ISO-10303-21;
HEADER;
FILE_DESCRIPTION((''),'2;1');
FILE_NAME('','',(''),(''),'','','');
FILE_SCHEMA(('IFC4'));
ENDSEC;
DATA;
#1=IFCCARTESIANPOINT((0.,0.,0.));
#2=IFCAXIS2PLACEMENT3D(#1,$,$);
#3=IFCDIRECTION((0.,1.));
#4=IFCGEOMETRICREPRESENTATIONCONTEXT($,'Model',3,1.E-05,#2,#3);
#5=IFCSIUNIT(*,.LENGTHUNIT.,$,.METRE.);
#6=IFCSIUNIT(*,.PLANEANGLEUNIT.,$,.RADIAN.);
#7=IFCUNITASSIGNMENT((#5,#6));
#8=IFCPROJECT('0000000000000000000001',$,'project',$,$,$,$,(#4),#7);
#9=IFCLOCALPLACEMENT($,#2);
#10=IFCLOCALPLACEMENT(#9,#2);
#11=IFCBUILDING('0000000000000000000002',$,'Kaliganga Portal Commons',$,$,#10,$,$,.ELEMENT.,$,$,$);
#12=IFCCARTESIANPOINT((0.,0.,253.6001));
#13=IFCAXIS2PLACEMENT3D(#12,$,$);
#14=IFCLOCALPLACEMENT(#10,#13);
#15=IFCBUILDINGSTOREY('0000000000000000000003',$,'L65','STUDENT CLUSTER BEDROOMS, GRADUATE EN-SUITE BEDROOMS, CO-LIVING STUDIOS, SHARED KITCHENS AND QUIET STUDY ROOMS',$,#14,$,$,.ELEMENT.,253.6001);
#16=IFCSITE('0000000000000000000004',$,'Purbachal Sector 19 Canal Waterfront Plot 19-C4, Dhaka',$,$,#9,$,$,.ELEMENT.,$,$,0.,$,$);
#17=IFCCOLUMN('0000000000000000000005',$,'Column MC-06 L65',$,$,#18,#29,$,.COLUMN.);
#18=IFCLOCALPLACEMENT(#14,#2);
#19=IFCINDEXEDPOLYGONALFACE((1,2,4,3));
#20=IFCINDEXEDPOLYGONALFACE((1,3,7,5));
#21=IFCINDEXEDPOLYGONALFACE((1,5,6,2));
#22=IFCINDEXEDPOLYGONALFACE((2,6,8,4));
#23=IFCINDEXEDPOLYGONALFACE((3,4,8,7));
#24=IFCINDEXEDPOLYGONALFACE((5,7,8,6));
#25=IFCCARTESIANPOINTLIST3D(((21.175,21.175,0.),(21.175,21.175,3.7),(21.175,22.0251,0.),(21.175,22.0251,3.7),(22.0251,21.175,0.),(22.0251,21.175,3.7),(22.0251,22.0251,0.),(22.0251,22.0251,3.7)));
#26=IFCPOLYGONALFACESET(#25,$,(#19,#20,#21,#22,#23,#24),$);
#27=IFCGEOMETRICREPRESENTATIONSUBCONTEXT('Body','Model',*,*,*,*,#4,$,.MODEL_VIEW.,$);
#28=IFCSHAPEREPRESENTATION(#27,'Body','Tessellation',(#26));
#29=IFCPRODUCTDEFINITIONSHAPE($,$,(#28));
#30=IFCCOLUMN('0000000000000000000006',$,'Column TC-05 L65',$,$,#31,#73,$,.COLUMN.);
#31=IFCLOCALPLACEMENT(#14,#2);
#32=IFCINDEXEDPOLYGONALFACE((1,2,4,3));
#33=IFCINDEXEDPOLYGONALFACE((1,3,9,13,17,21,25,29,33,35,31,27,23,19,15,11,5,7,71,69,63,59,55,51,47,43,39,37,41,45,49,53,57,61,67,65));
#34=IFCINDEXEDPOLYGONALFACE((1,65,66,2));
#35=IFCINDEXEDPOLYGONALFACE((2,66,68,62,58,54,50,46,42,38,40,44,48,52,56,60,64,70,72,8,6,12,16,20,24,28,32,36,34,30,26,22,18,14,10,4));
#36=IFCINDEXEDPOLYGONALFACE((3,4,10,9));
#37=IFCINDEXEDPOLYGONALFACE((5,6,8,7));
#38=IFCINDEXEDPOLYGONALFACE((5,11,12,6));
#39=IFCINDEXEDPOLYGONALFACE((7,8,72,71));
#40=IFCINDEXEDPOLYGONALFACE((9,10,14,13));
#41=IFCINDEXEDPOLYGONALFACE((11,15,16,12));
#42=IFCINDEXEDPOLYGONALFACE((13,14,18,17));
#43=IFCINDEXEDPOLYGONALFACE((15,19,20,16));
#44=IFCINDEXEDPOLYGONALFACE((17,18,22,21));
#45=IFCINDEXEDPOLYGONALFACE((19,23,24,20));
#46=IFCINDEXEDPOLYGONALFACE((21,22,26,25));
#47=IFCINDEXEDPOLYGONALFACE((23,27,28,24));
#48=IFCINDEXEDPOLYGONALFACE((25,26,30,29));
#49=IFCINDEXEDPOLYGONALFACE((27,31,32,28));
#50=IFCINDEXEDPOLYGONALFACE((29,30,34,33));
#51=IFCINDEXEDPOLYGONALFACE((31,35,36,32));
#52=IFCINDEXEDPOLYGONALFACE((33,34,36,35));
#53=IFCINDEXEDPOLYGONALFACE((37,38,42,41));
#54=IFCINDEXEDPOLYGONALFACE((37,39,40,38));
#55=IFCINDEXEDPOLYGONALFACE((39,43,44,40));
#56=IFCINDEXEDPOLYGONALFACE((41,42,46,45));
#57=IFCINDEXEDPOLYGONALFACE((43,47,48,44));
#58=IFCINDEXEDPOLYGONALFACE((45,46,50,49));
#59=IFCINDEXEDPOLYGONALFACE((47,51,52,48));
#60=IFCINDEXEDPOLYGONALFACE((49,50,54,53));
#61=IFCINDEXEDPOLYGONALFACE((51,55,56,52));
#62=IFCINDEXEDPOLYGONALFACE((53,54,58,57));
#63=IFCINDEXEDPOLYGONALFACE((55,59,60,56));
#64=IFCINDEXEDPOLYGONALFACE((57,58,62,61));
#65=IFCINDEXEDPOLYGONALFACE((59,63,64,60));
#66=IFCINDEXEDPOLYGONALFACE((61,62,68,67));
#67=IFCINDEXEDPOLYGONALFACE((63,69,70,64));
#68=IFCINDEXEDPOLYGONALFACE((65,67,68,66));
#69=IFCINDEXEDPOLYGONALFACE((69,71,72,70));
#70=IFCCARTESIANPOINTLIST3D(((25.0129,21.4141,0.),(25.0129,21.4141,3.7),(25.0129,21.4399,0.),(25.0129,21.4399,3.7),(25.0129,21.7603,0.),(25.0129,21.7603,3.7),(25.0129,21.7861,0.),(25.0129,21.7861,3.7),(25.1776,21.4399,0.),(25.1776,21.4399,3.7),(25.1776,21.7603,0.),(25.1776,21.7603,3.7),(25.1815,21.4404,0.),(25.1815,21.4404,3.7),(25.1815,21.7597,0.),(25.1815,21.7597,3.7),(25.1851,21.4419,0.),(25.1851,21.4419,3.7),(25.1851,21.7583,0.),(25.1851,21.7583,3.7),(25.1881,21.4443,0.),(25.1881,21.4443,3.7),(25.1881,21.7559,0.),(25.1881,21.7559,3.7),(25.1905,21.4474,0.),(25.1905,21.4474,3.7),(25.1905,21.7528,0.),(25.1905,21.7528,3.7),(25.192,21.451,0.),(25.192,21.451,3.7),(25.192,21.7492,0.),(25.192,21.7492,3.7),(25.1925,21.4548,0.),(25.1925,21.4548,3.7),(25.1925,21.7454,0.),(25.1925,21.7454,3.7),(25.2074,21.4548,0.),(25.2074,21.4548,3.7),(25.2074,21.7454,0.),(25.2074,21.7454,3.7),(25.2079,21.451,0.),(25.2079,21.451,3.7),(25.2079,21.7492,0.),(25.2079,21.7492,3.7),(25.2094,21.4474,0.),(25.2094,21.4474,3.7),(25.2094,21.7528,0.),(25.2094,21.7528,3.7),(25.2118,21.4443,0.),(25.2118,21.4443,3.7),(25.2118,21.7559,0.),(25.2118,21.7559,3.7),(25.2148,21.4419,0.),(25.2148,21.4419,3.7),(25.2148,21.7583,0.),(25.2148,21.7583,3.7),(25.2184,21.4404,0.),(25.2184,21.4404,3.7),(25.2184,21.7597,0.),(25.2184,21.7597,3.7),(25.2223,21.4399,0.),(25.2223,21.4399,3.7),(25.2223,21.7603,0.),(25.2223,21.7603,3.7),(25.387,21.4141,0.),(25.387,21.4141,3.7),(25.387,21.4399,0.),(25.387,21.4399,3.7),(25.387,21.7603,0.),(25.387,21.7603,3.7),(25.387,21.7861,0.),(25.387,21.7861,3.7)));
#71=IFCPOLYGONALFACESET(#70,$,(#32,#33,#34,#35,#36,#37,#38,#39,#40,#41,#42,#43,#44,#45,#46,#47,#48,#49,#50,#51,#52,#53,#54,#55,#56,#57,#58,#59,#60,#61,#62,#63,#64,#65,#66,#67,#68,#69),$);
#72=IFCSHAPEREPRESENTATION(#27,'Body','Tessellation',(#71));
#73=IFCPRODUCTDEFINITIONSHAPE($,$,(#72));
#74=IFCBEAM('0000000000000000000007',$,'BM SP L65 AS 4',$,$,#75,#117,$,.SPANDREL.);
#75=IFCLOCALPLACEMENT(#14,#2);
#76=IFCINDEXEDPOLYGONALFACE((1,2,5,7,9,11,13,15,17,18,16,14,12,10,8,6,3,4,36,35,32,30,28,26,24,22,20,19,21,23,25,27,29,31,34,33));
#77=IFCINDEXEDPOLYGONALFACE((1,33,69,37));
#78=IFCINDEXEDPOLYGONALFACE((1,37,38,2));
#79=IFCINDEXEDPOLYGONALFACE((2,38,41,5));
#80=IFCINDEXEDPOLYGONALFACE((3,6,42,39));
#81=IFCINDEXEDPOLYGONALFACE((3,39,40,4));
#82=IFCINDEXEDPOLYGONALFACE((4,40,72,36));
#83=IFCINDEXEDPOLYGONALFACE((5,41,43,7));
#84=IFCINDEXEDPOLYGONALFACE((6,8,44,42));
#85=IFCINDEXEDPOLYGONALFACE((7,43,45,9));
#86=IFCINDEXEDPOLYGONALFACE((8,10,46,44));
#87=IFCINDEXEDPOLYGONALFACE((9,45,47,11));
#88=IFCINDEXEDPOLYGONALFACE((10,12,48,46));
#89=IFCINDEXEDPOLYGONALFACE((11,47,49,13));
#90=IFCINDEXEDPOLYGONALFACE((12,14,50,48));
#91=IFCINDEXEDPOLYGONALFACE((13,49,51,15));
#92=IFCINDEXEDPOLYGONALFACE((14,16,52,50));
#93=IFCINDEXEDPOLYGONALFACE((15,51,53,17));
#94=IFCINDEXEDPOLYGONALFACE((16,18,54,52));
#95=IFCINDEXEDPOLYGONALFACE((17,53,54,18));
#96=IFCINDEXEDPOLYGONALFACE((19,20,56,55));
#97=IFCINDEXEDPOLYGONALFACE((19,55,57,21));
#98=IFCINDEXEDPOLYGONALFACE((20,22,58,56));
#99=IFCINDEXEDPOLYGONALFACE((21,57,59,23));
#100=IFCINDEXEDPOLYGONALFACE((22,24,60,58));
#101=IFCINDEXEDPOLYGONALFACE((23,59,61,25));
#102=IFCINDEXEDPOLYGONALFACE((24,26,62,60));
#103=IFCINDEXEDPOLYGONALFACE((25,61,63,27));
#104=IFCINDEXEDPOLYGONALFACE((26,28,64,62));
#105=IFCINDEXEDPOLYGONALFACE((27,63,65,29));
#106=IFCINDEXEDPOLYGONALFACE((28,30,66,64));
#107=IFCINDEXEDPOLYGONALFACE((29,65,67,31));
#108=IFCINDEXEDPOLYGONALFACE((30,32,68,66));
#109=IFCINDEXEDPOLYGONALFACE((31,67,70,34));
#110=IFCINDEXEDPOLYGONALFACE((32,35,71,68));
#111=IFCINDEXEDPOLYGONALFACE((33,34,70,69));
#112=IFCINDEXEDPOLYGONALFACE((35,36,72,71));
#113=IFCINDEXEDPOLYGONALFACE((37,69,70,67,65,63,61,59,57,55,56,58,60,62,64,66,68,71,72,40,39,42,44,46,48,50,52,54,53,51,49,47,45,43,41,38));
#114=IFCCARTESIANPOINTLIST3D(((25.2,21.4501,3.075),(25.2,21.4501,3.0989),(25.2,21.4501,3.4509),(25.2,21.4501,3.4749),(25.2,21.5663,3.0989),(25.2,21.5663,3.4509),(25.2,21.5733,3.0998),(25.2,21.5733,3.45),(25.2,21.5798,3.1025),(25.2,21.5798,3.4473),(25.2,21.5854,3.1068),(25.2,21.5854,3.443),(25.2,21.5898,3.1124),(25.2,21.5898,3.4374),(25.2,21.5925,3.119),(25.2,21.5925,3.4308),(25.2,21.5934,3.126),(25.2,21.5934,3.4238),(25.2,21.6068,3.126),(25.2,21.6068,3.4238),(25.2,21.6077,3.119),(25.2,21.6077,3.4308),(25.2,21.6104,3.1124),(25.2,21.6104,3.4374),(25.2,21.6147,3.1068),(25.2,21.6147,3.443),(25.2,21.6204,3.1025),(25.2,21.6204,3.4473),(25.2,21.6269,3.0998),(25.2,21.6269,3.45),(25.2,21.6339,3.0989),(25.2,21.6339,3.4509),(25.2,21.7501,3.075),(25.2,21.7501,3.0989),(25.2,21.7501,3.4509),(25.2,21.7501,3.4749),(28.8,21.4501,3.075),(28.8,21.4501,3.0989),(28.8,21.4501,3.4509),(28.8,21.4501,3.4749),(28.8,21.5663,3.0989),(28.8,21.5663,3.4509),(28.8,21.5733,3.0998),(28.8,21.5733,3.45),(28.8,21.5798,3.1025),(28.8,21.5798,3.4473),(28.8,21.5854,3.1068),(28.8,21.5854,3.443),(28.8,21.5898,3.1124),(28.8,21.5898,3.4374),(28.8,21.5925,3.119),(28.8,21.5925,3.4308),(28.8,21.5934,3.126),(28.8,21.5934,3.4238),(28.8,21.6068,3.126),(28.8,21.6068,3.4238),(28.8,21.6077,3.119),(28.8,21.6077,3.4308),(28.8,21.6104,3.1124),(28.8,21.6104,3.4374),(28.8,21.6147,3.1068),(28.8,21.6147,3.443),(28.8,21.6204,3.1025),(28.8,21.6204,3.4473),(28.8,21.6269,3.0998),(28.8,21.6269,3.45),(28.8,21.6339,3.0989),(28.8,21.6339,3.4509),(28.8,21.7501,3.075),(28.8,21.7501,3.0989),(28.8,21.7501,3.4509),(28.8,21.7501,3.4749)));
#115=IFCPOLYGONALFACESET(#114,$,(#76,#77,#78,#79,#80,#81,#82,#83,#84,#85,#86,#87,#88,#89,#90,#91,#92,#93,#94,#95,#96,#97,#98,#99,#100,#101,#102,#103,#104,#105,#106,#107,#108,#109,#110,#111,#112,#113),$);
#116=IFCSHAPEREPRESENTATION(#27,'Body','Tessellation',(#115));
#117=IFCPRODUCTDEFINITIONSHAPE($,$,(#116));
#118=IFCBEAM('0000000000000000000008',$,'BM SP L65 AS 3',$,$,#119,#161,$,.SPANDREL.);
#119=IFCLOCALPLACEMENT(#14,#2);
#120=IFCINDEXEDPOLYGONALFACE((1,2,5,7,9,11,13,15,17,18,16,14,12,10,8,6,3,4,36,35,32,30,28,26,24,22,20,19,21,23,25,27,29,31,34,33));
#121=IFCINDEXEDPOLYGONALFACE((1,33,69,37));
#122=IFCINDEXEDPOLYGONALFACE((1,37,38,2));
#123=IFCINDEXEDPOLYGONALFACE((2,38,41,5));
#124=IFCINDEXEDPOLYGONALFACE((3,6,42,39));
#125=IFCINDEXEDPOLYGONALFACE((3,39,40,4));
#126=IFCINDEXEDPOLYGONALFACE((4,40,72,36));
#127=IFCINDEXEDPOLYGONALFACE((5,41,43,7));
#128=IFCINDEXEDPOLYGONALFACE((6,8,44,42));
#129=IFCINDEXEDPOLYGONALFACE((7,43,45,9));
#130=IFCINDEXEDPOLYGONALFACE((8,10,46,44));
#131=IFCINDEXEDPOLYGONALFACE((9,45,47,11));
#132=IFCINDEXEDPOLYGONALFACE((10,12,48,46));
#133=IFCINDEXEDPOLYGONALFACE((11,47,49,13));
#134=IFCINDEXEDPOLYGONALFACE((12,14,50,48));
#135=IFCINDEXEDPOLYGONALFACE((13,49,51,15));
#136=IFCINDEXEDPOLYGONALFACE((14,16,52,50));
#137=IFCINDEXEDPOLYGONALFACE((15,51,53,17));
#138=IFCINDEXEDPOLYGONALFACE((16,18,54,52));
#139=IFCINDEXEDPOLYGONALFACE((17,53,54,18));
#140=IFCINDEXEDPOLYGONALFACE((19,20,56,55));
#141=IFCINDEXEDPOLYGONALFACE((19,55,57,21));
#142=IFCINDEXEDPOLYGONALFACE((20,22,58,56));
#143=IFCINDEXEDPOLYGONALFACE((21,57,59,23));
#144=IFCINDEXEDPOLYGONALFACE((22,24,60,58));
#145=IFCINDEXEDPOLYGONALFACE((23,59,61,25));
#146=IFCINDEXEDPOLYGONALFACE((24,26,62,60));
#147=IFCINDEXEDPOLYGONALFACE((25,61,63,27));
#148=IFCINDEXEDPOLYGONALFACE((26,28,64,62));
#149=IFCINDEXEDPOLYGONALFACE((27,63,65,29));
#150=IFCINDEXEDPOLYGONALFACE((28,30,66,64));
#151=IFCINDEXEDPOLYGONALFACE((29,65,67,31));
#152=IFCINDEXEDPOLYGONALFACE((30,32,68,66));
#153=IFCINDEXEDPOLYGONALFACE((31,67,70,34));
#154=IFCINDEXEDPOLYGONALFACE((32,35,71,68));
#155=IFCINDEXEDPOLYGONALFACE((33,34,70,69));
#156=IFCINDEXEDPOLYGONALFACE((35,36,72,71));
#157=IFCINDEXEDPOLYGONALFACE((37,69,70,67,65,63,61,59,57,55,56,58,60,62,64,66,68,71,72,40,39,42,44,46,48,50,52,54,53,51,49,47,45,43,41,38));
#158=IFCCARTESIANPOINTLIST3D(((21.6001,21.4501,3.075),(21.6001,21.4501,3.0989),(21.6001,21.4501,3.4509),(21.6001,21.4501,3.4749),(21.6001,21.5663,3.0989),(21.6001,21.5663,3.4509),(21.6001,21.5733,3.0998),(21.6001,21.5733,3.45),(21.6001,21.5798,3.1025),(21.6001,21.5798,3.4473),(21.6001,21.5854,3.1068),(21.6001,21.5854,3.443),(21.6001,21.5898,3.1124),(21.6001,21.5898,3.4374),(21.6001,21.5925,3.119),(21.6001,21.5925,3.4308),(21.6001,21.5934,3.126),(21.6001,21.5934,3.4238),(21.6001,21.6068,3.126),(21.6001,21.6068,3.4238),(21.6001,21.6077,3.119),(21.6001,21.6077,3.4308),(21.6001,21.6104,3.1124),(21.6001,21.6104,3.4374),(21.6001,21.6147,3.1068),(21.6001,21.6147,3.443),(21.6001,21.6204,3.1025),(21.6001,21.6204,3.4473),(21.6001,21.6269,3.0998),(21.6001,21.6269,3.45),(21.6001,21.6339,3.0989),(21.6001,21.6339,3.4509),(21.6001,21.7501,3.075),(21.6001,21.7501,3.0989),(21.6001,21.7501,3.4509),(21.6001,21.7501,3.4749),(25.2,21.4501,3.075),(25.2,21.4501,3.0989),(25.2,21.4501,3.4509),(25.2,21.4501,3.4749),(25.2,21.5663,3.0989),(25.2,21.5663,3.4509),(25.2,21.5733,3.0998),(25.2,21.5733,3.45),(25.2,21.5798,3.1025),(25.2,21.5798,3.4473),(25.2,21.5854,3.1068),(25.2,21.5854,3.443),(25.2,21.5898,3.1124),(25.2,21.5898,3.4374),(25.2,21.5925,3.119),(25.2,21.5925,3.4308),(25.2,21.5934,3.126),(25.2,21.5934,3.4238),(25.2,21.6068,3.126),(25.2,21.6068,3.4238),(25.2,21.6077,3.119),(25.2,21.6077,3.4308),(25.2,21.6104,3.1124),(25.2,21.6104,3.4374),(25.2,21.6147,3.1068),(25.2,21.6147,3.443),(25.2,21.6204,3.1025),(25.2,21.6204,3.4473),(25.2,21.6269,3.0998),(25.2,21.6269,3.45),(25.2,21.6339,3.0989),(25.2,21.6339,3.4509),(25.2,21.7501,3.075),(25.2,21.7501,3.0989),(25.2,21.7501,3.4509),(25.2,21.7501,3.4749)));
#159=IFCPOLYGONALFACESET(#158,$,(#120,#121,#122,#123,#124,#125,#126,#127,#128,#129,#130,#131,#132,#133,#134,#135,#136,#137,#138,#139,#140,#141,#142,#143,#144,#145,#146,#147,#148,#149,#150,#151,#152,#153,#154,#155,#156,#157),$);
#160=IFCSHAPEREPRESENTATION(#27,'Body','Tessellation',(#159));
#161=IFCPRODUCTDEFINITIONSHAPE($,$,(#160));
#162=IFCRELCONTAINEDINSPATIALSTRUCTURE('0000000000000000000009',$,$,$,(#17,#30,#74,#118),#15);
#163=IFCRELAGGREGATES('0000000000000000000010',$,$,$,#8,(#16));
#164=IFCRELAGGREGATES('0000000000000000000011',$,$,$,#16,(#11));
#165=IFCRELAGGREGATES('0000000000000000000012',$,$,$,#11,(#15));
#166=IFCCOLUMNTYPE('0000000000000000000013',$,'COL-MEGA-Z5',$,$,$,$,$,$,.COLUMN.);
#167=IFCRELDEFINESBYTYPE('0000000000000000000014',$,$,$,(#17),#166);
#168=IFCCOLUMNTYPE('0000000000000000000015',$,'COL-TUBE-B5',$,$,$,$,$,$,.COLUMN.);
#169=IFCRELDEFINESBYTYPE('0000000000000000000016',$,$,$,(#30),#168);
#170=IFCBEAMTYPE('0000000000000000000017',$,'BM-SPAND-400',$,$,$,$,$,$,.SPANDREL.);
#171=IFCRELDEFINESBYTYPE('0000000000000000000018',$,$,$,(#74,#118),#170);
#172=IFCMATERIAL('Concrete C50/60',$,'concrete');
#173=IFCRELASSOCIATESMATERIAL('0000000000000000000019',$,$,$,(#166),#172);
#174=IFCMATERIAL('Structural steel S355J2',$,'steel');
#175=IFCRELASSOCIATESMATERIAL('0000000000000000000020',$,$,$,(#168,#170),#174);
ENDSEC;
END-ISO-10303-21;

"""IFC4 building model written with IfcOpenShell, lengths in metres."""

from ifc_helpers import new_model, si_unit, direction, frame, origin, origin_2d, place, context, subcontext, project, spatial, rectangle, i_section, extrude, source, transform, mapped, material, material_profile, profile_set, type_object, element, save


model = new_model("IFC4")

# Units and contexts
model_context = context("Model", 3, precision=1e-05, world=origin(), true_north=direction((0.0, 1.0)))
body_context = subcontext(model_context, "Body", "Model", "MODEL_VIEW")
ifc_project = project(units=[si_unit("LENGTHUNIT", "METRE"), si_unit("PLANEANGLEUNIT", "RADIAN")], contexts=[model_context])

# Site, building, storey
site_placement = place(None, origin())
site = spatial("IfcSite", under=ifc_project, at=site_placement, Name="Purbachal Sector 19 Canal Waterfront Plot 19-C4, Dhaka", CompositionType="ELEMENT", RefElevation=0.0)
building_placement = place(site_placement, origin())
building = spatial("IfcBuilding", under=site, at=building_placement, Name="Kaliganga Portal Commons", CompositionType="ELEMENT")
storey_placement = place(building_placement, frame((0.0, 0.0, 253.6001)))
storey = spatial("IfcBuildingStorey", under=building, at=storey_placement, Name="L65", Description="STUDENT CLUSTER BEDROOMS, GRADUATE EN-SUITE BEDROOMS, CO-LIVING STUDIOS, SHARED KITCHENS AND QUIET STUDY ROOMS", CompositionType="ELEMENT", Elevation=253.6001)

# Columns
ifc_material_1 = material(Name="Concrete C50/60", Category="concrete")
ifc_material_profile_1 = material_profile(ifc_material_1, rectangle(XDim=0.8501, YDim=0.8501, at=origin_2d()), Name="RC 850x850")
ifc_profile_set_1 = profile_set([ifc_material_profile_1], Name="Concrete C50/60")
column_type_1 = type_object("IfcColumnType", Name="COL-MEGA-Z5", PredefinedType="COLUMN", material=ifc_profile_set_1)
shared_shape_1 = source(origin(), body_context, "Body", "SweptSolid", [
    extrude(rectangle(XDim=0.8501, YDim=0.8501, at=origin_2d()), origin(), (0.0, 0.0, 1.0), 3.7),
])
column_1_placement = place(storey_placement, frame((21.6001, 21.6001, 0.0), z_axis=(0.0, 0.0, 1.0), x_axis=(1.0, 0.0, 0.0)))
element("IfcColumn", 1, at=column_1_placement, inside=storey, type_object=column_type_1, Name="Column MC-06 L65", PredefinedType="COLUMN", context=body_context, shape_type="MappedRepresentation", body=[
    mapped(shared_shape_1, transform((0.0, 0.0, 0.0), x_axis=(1.0, 0.0, 0.0), y_axis=(0.0, 1.0, 0.0), z_axis=(0.0, 0.0, 1.0), scale=1.0)),
])
ifc_material_2 = material(Name="Structural steel S355J2", Category="steel")
ifc_material_profile_2 = material_profile(ifc_material_2, i_section(OverallWidth=0.374, OverallDepth=0.3721, WebThickness=0.0149, FlangeThickness=0.0259, FilletRadius=0.0149, at=origin_2d()), Name="HD 360x196")
ifc_profile_set_2 = profile_set([ifc_material_profile_2], Name="Structural steel S355J2 wide-flange")
column_type_2 = type_object("IfcColumnType", Name="COL-TUBE-B5", PredefinedType="COLUMN", material=ifc_profile_set_2)
shared_shape_2 = source(origin(), body_context, "Body", "SweptSolid", [
    extrude(i_section(OverallWidth=0.374, OverallDepth=0.3721, WebThickness=0.0149, FlangeThickness=0.0259, FilletRadius=0.0149, at=origin_2d()), origin(), (0.0, 0.0, 1.0), 3.7),
])
column_2_placement = place(storey_placement, frame((25.2, 21.6001, 0.0), z_axis=(0.0, 0.0, 1.0), x_axis=(1.0, 0.0, 0.0)))
element("IfcColumn", 2, at=column_2_placement, inside=storey, type_object=column_type_2, Name="Column TC-05 L65", PredefinedType="COLUMN", context=body_context, shape_type="MappedRepresentation", body=[
    mapped(shared_shape_2, transform((0.0, 0.0, 0.0), x_axis=(1.0, 0.0, 0.0), y_axis=(0.0, 1.0, 0.0), z_axis=(0.0, 0.0, 1.0), scale=1.0)),
])

# Beams
ifc_material_profile_3 = material_profile(ifc_material_2, i_section(OverallWidth=0.3, OverallDepth=0.3999, WebThickness=0.0134, FlangeThickness=0.0239, FilletRadius=0.0271, at=origin_2d()), Name="HE 400 B")
ifc_profile_set_3 = profile_set([ifc_material_profile_3], Name="Structural steel S355J2 wide-flange")
beam_type_1 = type_object("IfcBeamType", Name="BM-SPAND-400", PredefinedType="SPANDREL", material=ifc_profile_set_3)
shared_shape_3 = source(origin(), body_context, "Body", "SweptSolid", [
    extrude(i_section(OverallWidth=0.3, OverallDepth=0.3999, WebThickness=0.0134, FlangeThickness=0.0239, FilletRadius=0.0271, at=origin_2d()), origin(), (0.0, 0.0, 1.0), 3.6001),
])
beam_1_placement = place(storey_placement, frame((25.2, 21.6001, 3.2749), z_axis=(1.0, 0.0, 0.0), x_axis=(0.0, 1.0, 0.0)))
element("IfcBeam", 3, at=beam_1_placement, inside=storey, type_object=beam_type_1, Name="BM SP L65 AS 4", PredefinedType="SPANDREL", context=body_context, shape_type="MappedRepresentation", body=[
    mapped(shared_shape_3, transform((0.0, 0.0, 0.0), x_axis=(1.0, 0.0, 0.0), y_axis=(0.0, 1.0, 0.0), z_axis=(0.0, 0.0, 1.0), scale=1.0)),
])
shared_shape_4 = source(origin(), body_context, "Body", "SweptSolid", [
    extrude(i_section(OverallWidth=0.3, OverallDepth=0.3999, WebThickness=0.0134, FlangeThickness=0.0239, FilletRadius=0.0271, at=origin_2d()), origin(), (0.0, 0.0, 1.0), 3.5999),
])
beam_2_placement = place(storey_placement, frame((21.6001, 21.6001, 3.2749), z_axis=(1.0, 0.0, 0.0), x_axis=(0.0, 1.0, 0.0)))
element("IfcBeam", 4, at=beam_2_placement, inside=storey, type_object=beam_type_1, Name="BM SP L65 AS 3", PredefinedType="SPANDREL", context=body_context, shape_type="MappedRepresentation", body=[
    mapped(shared_shape_4, transform((0.0, 0.0, 0.0), x_axis=(1.0, 0.0, 0.0), y_axis=(0.0, 1.0, 0.0), z_axis=(0.0, 0.0, 1.0), scale=1.0)),
])

save(model, "model.ifc")
